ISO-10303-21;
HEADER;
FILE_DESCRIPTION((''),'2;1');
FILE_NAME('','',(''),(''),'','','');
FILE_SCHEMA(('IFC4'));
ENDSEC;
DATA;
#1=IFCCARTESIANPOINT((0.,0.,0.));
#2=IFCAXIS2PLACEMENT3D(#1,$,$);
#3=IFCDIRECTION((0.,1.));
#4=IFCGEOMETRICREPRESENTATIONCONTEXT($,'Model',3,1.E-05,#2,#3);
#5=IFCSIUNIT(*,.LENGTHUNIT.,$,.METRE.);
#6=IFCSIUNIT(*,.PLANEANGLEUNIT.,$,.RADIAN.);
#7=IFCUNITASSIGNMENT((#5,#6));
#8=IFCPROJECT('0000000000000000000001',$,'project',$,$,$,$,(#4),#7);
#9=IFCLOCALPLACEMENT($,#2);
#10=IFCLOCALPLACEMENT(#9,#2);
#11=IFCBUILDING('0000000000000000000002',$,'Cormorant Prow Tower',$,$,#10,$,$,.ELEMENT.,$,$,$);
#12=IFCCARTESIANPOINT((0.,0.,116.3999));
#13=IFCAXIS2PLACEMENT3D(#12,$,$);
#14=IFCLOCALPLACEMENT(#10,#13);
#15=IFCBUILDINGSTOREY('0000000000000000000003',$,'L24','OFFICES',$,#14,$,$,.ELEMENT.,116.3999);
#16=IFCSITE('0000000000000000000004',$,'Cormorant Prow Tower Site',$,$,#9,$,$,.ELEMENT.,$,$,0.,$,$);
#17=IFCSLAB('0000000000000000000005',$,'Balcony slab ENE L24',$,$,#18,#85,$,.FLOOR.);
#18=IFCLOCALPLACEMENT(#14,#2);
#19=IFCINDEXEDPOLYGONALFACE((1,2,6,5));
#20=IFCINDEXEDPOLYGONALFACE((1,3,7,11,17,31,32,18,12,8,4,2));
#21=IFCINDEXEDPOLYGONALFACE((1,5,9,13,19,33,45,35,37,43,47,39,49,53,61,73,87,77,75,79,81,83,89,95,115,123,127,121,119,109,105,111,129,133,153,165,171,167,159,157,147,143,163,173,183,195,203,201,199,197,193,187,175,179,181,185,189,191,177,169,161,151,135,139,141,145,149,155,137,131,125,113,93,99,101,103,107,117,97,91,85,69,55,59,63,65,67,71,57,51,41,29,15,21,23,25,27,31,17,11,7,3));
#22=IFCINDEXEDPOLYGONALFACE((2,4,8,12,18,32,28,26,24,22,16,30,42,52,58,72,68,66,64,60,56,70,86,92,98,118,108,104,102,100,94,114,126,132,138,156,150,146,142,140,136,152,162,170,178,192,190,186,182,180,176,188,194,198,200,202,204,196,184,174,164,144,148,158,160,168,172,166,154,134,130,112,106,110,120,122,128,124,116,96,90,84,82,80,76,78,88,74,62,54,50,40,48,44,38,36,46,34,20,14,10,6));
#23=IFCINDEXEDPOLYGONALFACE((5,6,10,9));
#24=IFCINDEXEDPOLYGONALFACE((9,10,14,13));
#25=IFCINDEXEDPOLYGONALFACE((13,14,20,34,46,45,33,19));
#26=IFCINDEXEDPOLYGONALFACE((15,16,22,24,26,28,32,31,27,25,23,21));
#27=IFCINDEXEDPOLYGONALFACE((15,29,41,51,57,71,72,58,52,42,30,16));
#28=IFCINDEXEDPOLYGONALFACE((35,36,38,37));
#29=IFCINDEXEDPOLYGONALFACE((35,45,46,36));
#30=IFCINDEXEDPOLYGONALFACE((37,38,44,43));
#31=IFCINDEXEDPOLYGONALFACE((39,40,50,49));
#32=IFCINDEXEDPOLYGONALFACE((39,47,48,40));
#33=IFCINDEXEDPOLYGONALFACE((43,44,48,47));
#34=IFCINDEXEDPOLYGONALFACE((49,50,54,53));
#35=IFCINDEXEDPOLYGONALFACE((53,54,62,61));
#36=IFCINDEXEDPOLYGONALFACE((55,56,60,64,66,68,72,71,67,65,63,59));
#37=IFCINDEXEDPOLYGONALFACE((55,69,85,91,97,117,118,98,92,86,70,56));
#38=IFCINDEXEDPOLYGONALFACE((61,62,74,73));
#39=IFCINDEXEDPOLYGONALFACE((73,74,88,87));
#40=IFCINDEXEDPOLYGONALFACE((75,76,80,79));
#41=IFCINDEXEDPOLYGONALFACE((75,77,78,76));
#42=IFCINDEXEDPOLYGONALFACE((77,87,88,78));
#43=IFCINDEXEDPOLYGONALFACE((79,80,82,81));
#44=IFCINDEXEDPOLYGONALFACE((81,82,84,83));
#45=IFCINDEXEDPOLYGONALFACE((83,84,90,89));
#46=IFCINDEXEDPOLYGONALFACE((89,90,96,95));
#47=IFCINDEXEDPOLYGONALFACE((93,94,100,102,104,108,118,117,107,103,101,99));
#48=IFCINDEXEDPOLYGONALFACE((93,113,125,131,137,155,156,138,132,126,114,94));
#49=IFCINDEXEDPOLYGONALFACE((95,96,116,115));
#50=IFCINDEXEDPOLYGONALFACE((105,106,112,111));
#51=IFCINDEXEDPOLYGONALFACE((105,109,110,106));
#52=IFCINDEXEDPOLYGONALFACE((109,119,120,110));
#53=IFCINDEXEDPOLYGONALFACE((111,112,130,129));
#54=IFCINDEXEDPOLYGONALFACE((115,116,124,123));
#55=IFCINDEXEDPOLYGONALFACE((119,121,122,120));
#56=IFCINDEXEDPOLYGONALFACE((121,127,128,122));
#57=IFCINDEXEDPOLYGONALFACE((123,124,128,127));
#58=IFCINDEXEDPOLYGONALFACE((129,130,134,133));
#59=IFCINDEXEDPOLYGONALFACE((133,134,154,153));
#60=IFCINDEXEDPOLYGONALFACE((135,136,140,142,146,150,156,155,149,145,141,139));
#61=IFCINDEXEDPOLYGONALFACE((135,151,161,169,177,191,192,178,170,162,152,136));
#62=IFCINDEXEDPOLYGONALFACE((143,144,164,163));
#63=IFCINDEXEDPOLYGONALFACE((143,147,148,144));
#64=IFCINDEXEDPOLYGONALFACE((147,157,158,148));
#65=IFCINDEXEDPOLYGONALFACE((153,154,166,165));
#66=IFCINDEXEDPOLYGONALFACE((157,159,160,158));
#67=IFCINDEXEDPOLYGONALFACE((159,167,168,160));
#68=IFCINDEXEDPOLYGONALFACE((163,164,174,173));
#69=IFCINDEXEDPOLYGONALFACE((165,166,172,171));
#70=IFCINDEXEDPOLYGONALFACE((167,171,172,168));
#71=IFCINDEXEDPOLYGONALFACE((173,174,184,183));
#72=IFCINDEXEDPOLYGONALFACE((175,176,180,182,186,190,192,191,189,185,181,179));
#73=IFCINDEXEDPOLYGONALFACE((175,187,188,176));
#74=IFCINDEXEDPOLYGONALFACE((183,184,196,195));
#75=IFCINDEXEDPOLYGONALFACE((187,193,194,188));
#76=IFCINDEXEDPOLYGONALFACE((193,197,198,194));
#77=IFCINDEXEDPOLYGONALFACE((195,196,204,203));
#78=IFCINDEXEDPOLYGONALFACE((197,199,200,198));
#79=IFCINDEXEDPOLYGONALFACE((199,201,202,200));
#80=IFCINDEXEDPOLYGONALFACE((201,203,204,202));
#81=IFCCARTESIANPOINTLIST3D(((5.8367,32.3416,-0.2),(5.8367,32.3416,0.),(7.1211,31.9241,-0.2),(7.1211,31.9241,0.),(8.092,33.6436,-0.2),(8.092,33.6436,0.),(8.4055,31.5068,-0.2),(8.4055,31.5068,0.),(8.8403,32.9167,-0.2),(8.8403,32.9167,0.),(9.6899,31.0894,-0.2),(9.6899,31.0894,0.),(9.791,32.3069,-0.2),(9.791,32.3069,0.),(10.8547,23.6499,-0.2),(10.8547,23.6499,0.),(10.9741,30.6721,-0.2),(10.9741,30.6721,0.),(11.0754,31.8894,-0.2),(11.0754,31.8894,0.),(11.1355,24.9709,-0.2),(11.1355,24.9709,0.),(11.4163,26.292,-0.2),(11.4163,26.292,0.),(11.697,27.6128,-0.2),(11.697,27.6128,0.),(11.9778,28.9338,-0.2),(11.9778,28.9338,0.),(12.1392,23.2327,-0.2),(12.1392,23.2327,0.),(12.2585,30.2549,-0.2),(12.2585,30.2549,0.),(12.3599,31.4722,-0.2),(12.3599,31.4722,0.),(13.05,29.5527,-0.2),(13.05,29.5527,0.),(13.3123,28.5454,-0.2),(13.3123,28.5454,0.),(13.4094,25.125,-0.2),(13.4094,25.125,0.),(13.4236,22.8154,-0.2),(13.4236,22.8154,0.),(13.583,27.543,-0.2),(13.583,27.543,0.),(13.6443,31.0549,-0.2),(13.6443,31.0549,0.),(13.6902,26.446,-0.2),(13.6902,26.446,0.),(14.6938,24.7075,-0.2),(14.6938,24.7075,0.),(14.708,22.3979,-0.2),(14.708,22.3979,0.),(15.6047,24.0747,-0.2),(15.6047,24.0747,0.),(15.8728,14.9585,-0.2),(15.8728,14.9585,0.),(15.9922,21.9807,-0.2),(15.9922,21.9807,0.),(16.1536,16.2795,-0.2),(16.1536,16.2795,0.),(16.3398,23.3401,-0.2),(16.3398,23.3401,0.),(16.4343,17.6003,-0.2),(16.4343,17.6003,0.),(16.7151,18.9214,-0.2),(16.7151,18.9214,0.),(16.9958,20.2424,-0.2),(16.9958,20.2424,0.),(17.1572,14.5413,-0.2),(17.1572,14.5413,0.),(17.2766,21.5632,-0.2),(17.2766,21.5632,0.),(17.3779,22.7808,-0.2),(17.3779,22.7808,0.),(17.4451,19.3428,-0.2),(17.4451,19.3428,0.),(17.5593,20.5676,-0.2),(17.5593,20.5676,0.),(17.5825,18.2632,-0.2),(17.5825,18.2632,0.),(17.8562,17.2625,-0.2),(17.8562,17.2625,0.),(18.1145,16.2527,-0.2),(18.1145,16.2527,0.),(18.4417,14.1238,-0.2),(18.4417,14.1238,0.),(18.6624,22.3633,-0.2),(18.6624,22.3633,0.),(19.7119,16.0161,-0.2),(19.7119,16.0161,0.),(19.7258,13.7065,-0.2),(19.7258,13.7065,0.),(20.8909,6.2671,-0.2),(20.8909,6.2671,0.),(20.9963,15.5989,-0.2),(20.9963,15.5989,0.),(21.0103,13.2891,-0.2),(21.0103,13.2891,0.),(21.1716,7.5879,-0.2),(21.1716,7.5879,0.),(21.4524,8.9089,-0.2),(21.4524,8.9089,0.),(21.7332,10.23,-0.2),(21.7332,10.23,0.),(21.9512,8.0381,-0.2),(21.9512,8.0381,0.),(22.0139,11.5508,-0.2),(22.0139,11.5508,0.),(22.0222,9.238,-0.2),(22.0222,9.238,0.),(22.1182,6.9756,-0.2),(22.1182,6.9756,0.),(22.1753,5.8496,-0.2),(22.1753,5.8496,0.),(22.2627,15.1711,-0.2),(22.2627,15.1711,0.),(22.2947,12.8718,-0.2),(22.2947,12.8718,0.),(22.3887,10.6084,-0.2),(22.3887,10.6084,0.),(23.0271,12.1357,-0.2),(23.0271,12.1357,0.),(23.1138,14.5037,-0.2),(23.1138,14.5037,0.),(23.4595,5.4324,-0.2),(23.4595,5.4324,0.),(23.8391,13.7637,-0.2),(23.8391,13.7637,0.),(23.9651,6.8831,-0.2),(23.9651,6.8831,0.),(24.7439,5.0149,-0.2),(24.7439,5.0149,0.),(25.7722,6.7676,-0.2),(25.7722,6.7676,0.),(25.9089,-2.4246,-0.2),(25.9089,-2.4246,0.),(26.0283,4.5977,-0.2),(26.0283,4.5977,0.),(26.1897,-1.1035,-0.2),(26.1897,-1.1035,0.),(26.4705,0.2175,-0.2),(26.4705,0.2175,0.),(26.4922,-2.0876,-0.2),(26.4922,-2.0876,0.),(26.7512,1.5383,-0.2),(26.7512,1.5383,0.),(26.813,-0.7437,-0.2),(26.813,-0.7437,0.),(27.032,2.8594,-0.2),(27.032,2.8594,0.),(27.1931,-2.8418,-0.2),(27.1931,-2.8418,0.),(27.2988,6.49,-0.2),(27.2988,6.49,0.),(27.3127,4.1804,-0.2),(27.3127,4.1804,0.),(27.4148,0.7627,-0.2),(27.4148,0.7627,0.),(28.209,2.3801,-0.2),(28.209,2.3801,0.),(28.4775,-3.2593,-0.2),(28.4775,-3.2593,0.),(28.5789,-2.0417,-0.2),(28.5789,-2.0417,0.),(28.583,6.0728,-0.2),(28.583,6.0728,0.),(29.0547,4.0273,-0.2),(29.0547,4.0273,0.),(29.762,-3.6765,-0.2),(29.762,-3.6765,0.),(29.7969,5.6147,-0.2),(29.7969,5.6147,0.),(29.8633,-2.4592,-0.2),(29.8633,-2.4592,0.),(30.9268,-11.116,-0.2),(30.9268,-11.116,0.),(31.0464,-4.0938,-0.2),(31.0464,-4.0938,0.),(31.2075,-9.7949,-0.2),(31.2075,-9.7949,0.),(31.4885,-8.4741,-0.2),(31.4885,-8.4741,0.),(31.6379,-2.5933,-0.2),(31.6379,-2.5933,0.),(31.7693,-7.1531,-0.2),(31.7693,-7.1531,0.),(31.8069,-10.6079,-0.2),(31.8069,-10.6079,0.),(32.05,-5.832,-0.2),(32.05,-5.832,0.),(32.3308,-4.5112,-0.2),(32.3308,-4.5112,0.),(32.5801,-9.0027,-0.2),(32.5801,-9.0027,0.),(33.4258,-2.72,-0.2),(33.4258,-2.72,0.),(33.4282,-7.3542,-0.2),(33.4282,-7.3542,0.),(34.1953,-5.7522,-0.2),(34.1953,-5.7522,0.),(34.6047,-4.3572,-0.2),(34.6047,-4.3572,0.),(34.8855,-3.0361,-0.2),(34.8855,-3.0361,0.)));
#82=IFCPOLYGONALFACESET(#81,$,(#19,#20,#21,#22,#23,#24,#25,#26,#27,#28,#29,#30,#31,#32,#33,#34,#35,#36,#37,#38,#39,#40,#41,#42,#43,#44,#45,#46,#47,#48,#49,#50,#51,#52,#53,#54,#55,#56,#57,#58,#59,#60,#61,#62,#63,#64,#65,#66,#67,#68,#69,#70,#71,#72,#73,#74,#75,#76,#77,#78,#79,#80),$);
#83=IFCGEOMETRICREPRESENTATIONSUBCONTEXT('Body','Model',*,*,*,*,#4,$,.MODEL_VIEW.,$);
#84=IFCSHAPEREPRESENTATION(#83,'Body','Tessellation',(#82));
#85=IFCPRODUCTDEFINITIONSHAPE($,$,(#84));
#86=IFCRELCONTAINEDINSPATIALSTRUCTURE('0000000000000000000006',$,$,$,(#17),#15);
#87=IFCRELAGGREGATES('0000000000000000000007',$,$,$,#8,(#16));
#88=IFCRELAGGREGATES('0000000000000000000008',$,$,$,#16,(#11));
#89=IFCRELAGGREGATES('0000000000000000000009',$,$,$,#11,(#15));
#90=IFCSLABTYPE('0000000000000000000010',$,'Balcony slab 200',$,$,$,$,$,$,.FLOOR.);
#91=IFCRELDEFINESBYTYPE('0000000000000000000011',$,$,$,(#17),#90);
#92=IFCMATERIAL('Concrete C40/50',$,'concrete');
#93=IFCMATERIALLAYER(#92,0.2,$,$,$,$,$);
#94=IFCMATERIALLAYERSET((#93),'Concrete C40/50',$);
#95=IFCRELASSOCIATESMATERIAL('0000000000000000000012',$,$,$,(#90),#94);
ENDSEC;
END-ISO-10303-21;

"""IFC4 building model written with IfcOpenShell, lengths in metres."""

from ifc_helpers import new_model, si_unit, direction, frame, origin, place, context, subcontext, project, spatial, polyline, outline, extrude, material, layer, layer_set, type_object, element, save


model = new_model("IFC4")

# Units and contexts
model_context = context("Model", 3, precision=1e-05, world=origin(), true_north=direction((0.0, 1.0)))
body_context = subcontext(model_context, "Body", "Model", "MODEL_VIEW")
ifc_project = project(units=[si_unit("LENGTHUNIT", "METRE"), si_unit("PLANEANGLEUNIT", "RADIAN")], contexts=[model_context])

# Site, building, storey
site_placement = place(None, origin())
site = spatial("IfcSite", under=ifc_project, at=site_placement, Name="Cormorant Prow Tower Site", CompositionType="ELEMENT", RefElevation=0.0)
building_placement = place(site_placement, origin())
building = spatial("IfcBuilding", under=site, at=building_placement, Name="Cormorant Prow Tower", CompositionType="ELEMENT")
storey_placement = place(building_placement, frame((0.0, 0.0, 116.3999)))
storey = spatial("IfcBuildingStorey", under=building, at=storey_placement, Name="L24", Description="OFFICES", CompositionType="ELEMENT", Elevation=116.3999)

# Slab
ifc_material_1 = material(Name="Concrete C40/50", Category="concrete")
ifc_layer_1 = layer(ifc_material_1, 0.2)
ifc_layer_set_1 = layer_set([ifc_layer_1], Name="Concrete C40/50")
slab_type_1 = type_object("IfcSlabType", Name="Balcony slab 200", PredefinedType="FLOOR", material=ifc_layer_set_1)
slab_1_placement = place(storey_placement, frame((0.0, 0.0, -0.2)))
element("IfcSlab", 1, at=slab_1_placement, inside=storey, type_object=slab_type_1, Name="Balcony slab ENE L24", PredefinedType="FLOOR", context=body_context, shape_type="SweptSolid", body=[
    extrude(outline(polyline([(30.9268, -11.116), (31.8069, -10.6079), (32.5801, -9.0027), (33.4282, -7.3542), (34.1953, -5.7522), (34.6047, -4.3572), (34.8855, -3.0361), (33.4258, -2.72), (31.6379, -2.5933), (29.8633, -2.4592), (28.5789, -2.0417), (26.4922, -2.0876), (26.813, -0.7437), (27.4148, 0.7627), (28.209, 2.3801), (29.0547, 4.0273), (29.7969, 5.6147), (28.583, 6.0728), (27.2988, 6.49), (25.7722, 6.7676), (23.9651, 6.8831), (22.1182, 6.9756), (21.9512, 8.0381), (22.0222, 9.238), (22.3887, 10.6084), (23.0271, 12.1357), (23.8391, 13.7637), (23.1138, 14.5037), (22.2627, 15.1711), (20.9963, 15.5989), (19.7119, 16.0161), (18.1145, 16.2527), (17.8562, 17.2625), (17.5825, 18.2632), (17.4451, 19.3428), (17.5593, 20.5676), (18.6624, 22.3633), (17.3779, 22.7808), (16.3398, 23.3401), (15.6047, 24.0747), (14.6938, 24.7075), (13.4094, 25.125), (13.6902, 26.446), (13.583, 27.543), (13.3123, 28.5454), (13.05, 29.5527), (13.6443, 31.0549), (12.3599, 31.4722), (11.0754, 31.8894), (9.791, 32.3069), (8.8403, 32.9167), (8.092, 33.6436), (5.8367, 32.3416), (7.1211, 31.9241), (8.4055, 31.5068), (9.6899, 31.0894), (10.9741, 30.6721), (12.2585, 30.2549), (11.9778, 28.9338), (11.697, 27.6128), (11.4163, 26.292), (11.1355, 24.9709), (10.8547, 23.6499), (12.1392, 23.2327), (13.4236, 22.8154), (14.708, 22.3979), (15.9922, 21.9807), (17.2766, 21.5632), (16.9958, 20.2424), (16.7151, 18.9214), (16.4343, 17.6003), (16.1536, 16.2795), (15.8728, 14.9585), (17.1572, 14.5413), (18.4417, 14.1238), (19.7258, 13.7065), (21.0103, 13.2891), (22.2947, 12.8718), (22.0139, 11.5508), (21.7332, 10.23), (21.4524, 8.9089), (21.1716, 7.5879), (20.8909, 6.2671), (22.1753, 5.8496), (23.4595, 5.4324), (24.7439, 5.0149), (26.0283, 4.5977), (27.3127, 4.1804), (27.032, 2.8594), (26.7512, 1.5383), (26.4705, 0.2175), (26.1897, -1.1035), (25.9089, -2.4246), (27.1931, -2.8418), (28.4775, -3.2593), (29.762, -3.6765), (31.0464, -4.0938), (32.3308, -4.5112), (32.05, -5.832), (31.7693, -7.1531), (31.4885, -8.4741), (31.2075, -9.7949), (30.9268, -11.116)])), origin(), (0.0, 0.0, 1.0), 0.2),
])

save(model, "model.ifc")
